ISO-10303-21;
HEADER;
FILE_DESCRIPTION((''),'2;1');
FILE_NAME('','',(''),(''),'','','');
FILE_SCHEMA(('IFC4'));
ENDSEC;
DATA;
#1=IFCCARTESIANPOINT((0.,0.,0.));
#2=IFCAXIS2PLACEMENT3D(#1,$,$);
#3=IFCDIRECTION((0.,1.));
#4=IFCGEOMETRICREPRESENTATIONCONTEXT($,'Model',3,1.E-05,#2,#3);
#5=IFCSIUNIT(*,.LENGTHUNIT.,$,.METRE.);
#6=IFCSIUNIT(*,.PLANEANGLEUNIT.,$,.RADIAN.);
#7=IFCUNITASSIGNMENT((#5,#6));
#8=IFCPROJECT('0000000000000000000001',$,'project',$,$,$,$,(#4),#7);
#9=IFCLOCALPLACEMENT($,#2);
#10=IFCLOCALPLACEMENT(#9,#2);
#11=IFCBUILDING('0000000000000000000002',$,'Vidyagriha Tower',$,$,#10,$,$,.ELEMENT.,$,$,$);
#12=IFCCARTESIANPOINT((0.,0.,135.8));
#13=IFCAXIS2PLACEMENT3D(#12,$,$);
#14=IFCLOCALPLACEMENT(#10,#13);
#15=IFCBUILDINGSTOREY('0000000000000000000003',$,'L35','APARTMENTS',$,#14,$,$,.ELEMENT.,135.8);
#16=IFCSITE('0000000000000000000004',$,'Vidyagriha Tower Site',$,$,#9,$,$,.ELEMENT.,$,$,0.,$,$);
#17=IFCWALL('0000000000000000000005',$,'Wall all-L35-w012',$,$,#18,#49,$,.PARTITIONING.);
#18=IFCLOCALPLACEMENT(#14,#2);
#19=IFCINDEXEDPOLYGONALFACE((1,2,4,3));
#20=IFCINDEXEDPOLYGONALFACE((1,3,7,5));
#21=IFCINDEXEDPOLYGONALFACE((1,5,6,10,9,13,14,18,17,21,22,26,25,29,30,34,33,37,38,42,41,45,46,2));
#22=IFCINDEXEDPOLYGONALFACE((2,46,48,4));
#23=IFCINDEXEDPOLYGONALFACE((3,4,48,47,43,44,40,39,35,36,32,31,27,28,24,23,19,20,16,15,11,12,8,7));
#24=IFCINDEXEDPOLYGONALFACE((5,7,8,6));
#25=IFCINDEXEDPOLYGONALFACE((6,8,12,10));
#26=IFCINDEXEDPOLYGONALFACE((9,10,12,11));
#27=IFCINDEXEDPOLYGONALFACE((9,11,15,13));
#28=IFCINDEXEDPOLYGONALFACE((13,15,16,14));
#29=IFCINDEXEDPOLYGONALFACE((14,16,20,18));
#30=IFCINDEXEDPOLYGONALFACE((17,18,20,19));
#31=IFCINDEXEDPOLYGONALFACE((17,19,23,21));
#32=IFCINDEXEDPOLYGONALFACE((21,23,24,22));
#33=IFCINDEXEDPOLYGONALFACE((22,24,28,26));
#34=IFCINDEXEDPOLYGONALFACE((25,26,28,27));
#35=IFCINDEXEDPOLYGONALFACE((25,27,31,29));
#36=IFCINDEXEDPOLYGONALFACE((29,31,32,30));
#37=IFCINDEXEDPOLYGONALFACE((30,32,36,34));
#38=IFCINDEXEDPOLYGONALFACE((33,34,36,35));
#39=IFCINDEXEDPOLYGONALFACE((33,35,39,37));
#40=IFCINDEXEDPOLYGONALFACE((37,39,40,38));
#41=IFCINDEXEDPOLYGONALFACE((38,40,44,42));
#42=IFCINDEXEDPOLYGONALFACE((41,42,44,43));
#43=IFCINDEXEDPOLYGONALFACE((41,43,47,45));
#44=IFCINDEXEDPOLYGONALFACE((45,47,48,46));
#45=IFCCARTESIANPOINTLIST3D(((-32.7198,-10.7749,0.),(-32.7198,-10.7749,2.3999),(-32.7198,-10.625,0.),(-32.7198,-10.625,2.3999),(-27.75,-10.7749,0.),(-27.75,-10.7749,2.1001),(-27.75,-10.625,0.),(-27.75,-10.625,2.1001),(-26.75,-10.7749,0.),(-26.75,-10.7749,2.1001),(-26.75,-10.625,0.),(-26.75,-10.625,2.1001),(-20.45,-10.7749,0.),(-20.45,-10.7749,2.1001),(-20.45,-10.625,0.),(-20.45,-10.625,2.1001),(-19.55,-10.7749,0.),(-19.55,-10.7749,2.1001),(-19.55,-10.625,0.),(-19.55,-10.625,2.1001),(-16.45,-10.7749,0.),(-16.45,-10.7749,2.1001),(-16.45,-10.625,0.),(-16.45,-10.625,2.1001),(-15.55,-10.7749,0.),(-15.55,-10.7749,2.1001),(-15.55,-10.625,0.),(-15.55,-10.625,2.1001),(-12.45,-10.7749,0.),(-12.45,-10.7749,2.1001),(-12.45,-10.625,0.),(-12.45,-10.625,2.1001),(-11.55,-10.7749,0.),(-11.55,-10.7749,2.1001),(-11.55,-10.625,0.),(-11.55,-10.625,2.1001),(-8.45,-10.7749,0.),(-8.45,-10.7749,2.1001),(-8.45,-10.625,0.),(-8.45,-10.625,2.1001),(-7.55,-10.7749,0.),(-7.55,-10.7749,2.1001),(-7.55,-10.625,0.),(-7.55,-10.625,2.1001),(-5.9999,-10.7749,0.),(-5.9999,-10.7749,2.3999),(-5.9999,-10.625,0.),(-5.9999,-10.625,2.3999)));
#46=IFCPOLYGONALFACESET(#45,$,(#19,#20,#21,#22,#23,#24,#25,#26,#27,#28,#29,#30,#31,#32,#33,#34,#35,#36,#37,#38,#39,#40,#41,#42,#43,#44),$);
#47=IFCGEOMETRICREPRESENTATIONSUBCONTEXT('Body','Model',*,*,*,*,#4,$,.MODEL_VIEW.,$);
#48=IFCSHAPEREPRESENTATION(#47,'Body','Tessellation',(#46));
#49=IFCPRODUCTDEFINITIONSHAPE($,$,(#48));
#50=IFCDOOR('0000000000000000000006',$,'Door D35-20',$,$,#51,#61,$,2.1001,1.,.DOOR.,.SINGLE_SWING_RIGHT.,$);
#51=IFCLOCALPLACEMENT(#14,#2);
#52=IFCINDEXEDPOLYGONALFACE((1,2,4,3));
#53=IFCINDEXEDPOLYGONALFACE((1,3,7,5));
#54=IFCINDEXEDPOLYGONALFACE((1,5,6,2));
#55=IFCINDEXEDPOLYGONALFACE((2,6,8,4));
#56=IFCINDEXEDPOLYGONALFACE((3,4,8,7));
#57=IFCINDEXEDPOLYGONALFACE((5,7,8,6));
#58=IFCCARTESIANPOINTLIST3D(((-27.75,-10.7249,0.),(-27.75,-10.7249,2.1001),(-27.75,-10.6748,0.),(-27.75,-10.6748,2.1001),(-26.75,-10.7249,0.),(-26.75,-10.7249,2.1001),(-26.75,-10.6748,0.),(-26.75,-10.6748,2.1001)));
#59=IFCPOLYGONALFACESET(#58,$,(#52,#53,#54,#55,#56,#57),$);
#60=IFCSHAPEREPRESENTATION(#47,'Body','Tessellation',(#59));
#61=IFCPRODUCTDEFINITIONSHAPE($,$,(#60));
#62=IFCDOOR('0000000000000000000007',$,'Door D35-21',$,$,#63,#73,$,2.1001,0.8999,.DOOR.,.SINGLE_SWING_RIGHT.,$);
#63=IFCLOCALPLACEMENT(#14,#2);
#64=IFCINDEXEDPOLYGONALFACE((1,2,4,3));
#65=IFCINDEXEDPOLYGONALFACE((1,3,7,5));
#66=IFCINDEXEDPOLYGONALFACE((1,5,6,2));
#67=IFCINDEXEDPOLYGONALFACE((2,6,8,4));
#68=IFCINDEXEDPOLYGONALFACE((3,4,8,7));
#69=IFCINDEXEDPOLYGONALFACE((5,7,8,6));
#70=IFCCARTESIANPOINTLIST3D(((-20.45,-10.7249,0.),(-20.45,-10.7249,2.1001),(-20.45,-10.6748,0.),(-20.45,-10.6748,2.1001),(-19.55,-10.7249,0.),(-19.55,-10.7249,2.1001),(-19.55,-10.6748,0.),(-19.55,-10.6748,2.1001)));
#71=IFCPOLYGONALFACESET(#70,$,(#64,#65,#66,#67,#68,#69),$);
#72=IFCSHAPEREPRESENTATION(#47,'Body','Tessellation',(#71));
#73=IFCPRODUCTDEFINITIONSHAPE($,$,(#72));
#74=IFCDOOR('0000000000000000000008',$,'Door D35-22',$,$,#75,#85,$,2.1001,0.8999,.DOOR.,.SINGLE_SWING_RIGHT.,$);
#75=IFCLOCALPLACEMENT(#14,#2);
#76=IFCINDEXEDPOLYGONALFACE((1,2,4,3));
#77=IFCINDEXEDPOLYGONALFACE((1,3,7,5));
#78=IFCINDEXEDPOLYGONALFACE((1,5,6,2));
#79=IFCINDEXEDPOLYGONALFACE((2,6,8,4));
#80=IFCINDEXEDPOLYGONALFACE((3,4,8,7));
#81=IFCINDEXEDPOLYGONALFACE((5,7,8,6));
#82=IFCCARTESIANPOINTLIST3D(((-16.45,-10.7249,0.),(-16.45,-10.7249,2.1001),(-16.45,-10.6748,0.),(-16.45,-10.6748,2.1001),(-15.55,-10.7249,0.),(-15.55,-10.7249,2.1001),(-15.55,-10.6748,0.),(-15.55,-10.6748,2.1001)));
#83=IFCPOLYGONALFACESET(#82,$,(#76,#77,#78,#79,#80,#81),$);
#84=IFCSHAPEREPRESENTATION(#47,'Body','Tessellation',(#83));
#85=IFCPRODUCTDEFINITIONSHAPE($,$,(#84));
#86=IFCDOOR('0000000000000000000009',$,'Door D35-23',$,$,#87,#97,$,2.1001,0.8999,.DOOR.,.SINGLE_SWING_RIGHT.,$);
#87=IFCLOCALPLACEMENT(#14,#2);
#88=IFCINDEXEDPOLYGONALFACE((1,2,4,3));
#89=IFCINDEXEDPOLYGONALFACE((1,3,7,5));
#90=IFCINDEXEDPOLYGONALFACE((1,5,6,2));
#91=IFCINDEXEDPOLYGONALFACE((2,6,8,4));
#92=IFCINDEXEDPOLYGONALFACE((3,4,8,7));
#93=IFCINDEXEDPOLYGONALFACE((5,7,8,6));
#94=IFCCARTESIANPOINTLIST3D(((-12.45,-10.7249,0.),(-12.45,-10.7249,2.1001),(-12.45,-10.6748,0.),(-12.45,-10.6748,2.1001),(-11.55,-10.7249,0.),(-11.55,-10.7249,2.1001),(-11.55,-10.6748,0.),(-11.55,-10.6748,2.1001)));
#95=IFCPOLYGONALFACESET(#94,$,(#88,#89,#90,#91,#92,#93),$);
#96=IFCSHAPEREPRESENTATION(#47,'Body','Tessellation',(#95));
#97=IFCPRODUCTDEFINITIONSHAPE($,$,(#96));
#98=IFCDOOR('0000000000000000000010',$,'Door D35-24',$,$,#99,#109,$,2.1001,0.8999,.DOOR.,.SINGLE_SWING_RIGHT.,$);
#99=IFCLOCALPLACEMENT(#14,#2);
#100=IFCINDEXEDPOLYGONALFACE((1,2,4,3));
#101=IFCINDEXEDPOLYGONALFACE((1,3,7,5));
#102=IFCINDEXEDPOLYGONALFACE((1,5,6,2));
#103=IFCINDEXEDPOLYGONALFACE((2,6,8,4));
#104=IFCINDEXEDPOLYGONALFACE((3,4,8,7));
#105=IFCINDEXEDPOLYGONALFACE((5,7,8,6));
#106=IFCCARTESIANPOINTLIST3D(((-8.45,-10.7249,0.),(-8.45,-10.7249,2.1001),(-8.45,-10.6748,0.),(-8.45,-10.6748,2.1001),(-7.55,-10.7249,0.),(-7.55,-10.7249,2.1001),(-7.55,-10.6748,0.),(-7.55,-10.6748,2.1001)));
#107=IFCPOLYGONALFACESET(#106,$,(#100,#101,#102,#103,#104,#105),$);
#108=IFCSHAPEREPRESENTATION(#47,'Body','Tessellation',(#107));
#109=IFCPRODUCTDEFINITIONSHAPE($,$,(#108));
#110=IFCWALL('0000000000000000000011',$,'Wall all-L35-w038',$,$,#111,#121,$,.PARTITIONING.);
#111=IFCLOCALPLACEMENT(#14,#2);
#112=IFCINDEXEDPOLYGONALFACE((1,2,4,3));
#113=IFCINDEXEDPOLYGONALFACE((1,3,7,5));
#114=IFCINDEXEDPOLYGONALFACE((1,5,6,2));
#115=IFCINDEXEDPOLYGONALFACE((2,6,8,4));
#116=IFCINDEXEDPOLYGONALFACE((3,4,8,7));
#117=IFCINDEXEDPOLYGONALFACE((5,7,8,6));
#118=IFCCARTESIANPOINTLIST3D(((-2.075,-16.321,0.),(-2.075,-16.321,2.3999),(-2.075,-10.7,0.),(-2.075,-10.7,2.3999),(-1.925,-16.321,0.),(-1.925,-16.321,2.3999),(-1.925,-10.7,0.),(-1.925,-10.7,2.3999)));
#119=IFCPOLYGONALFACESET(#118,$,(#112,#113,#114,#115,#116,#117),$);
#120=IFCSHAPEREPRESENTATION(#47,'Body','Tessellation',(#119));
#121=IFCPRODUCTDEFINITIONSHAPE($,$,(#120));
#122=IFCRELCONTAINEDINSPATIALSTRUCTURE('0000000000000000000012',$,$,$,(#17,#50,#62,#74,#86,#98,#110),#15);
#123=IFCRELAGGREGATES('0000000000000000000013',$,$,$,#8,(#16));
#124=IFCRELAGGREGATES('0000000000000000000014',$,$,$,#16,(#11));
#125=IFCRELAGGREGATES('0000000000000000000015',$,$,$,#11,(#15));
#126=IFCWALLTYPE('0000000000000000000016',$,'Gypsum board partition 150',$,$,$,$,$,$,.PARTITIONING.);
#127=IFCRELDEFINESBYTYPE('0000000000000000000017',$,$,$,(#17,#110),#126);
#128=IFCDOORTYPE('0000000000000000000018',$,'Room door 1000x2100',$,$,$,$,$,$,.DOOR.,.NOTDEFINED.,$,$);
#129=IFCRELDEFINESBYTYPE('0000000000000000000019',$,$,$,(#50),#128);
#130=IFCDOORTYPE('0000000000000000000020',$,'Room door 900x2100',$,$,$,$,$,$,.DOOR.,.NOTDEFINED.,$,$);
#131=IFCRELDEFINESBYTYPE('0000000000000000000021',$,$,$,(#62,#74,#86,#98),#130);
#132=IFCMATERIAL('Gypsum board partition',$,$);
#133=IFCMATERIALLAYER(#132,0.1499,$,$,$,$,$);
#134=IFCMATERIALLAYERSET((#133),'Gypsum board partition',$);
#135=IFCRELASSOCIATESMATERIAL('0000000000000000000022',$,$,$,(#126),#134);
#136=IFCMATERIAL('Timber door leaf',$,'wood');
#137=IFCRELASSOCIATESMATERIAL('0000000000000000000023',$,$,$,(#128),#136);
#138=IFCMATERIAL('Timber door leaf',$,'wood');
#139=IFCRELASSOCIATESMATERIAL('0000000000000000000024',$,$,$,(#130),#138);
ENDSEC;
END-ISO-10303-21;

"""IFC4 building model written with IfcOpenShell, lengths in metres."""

from ifc_helpers import new_model, si_unit, direction, frame, frame_2d, origin, place, context, subcontext, project, spatial, rectangle, extrude, material, layer, layer_set, type_object, element, fill, save


model = new_model("IFC4")

# Units and contexts
model_context = context("Model", 3, precision=1e-05, world=origin(), true_north=direction((0.0, 1.0)))
body_context = subcontext(model_context, "Body", "Model", "MODEL_VIEW")
ifc_project = project(units=[si_unit("LENGTHUNIT", "METRE"), si_unit("PLANEANGLEUNIT", "RADIAN")], contexts=[model_context])

# Site, building, storey
site_placement = place(None, origin())
site = spatial("IfcSite", under=ifc_project, at=site_placement, Name="Vidyagriha Tower Site", CompositionType="ELEMENT", RefElevation=0.0)
building_placement = place(site_placement, origin())
building = spatial("IfcBuilding", under=site, at=building_placement, Name="Vidyagriha Tower", CompositionType="ELEMENT")
storey_placement = place(building_placement, frame((0.0, 0.0, 135.8)))
storey = spatial("IfcBuildingStorey", under=building, at=storey_placement, Name="L35", Description="APARTMENTS", CompositionType="ELEMENT", Elevation=135.8)

# Wall, openings, doors
ifc_material_1 = material(Name="Gypsum board partition")
ifc_layer_1 = layer(ifc_material_1, 0.1499)
ifc_layer_set_1 = layer_set([ifc_layer_1], Name="Gypsum board partition")
wall_type_1 = type_object("IfcWallType", Name="Gypsum board partition 150", PredefinedType="PARTITIONING", material=ifc_layer_set_1)
wall_1_placement = place(storey_placement, frame((-6.0, -10.7, 0.0), z_axis=(0.0, 0.0, 1.0), x_axis=(-1.0, 0.0, 0.0)))
wall_1 = element("IfcWall", 1, at=wall_1_placement, inside=storey, type_object=wall_type_1, Name="Wall all-L35-w012", PredefinedType="PARTITIONING", context=body_context, shape_type="SweptSolid", body=[
    extrude(rectangle(XDim=26.72, YDim=0.1499, at=frame_2d((13.3599, 0.0))), origin(), (0.0, 0.0, 1.0), 2.3999),
])
opening_1_placement = place(wall_1_placement, frame((20.75, 0.0, 0.0)))
opening_1 = element("IfcOpeningElement", 2, at=opening_1_placement, cuts=wall_1, PredefinedType="OPENING", context=body_context, shape_type="SweptSolid", body=[
    extrude(rectangle(XDim=1.0, YDim=2.1001, at=frame_2d((0.5, 1.05))), frame((0.0, 0.085, 0.0), z_axis=(0.0, -1.0, 0.0), x_axis=(1.0, 0.0, 0.0)), (0.0, 0.0, 1.0), 0.1699),
])
opening_2_placement = place(wall_1_placement, frame((13.55, 0.0, 0.0)))
opening_2 = element("IfcOpeningElement", 3, at=opening_2_placement, cuts=wall_1, PredefinedType="OPENING", context=body_context, shape_type="SweptSolid", body=[
    extrude(rectangle(XDim=0.8999, YDim=2.1001, at=frame_2d((0.45, 1.05))), frame((0.0, 0.085, 0.0), z_axis=(0.0, -1.0, 0.0), x_axis=(1.0, 0.0, 0.0)), (0.0, 0.0, 1.0), 0.1699),
])
opening_3_placement = place(wall_1_placement, frame((9.55, 0.0, 0.0)))
opening_3 = element("IfcOpeningElement", 4, at=opening_3_placement, cuts=wall_1, PredefinedType="OPENING", context=body_context, shape_type="SweptSolid", body=[
    extrude(rectangle(XDim=0.8999, YDim=2.1001, at=frame_2d((0.45, 1.05))), frame((0.0, 0.085, 0.0), z_axis=(0.0, -1.0, 0.0), x_axis=(1.0, 0.0, 0.0)), (0.0, 0.0, 1.0), 0.1699),
])
opening_4_placement = place(wall_1_placement, frame((5.55, 0.0, 0.0)))
opening_4 = element("IfcOpeningElement", 5, at=opening_4_placement, cuts=wall_1, PredefinedType="OPENING", context=body_context, shape_type="SweptSolid", body=[
    extrude(rectangle(XDim=0.8999, YDim=2.1001, at=frame_2d((0.45, 1.05))), frame((0.0, 0.085, 0.0), z_axis=(0.0, -1.0, 0.0), x_axis=(1.0, 0.0, 0.0)), (0.0, 0.0, 1.0), 0.1699),
])
opening_5_placement = place(wall_1_placement, frame((1.55, 0.0, 0.0)))
opening_5 = element("IfcOpeningElement", 6, at=opening_5_placement, cuts=wall_1, PredefinedType="OPENING", context=body_context, shape_type="SweptSolid", body=[
    extrude(rectangle(XDim=0.8999, YDim=2.1001, at=frame_2d((0.45, 1.05))), frame((0.0, 0.085, 0.0), z_axis=(0.0, -1.0, 0.0), x_axis=(1.0, 0.0, 0.0)), (0.0, 0.0, 1.0), 0.1699),
])
ifc_material_2 = material(Name="Timber door leaf", Category="wood")
door_type_1 = type_object("IfcDoorType", Name="Room door 1000x2100", OperationType="NOTDEFINED", PredefinedType="DOOR", material=ifc_material_2)
door_1_placement = place(opening_1_placement, origin())
door_1 = element("IfcDoor", 7, at=door_1_placement, inside=storey, type_object=door_type_1, Name="Door D35-20", OperationType="SINGLE_SWING_RIGHT", OverallHeight=2.1001, OverallWidth=1.0, PredefinedType="DOOR", context=body_context, shape_type="SweptSolid", body=[
    extrude(rectangle(XDim=1.0, YDim=2.1001, at=frame_2d((0.5, 1.05))), frame((0.0, 0.0249, 0.0), z_axis=(0.0, -1.0, 0.0), x_axis=(1.0, 0.0, 0.0)), (0.0, 0.0, 1.0), 0.05),
])
fill(opening_1, door_1)
ifc_material_3 = material(Name="Timber door leaf", Category="wood")
door_type_2 = type_object("IfcDoorType", Name="Room door 900x2100", OperationType="NOTDEFINED", PredefinedType="DOOR", material=ifc_material_3)
door_2_placement = place(opening_2_placement, origin())
door_2 = element("IfcDoor", 8, at=door_2_placement, inside=storey, type_object=door_type_2, Name="Door D35-21", OperationType="SINGLE_SWING_RIGHT", OverallHeight=2.1001, OverallWidth=0.8999, PredefinedType="DOOR", context=body_context, shape_type="SweptSolid", body=[
    extrude(rectangle(XDim=0.8999, YDim=2.1001, at=frame_2d((0.45, 1.05))), frame((0.0, 0.0249, 0.0), z_axis=(0.0, -1.0, 0.0), x_axis=(1.0, 0.0, 0.0)), (0.0, 0.0, 1.0), 0.05),
])
fill(opening_2, door_2)
door_3_placement = place(opening_3_placement, origin())
door_3 = element("IfcDoor", 9, at=door_3_placement, inside=storey, type_object=door_type_2, Name="Door D35-22", OperationType="SINGLE_SWING_RIGHT", OverallHeight=2.1001, OverallWidth=0.8999, PredefinedType="DOOR", context=body_context, shape_type="SweptSolid", body=[
    extrude(rectangle(XDim=0.8999, YDim=2.1001, at=frame_2d((0.45, 1.05))), frame((0.0, 0.0249, 0.0), z_axis=(0.0, -1.0, 0.0), x_axis=(1.0, 0.0, 0.0)), (0.0, 0.0, 1.0), 0.05),
])
fill(opening_3, door_3)
door_4_placement = place(opening_4_placement, origin())
door_4 = element("IfcDoor", 10, at=door_4_placement, inside=storey, type_object=door_type_2, Name="Door D35-23", OperationType="SINGLE_SWING_RIGHT", OverallHeight=2.1001, OverallWidth=0.8999, PredefinedType="DOOR", context=body_context, shape_type="SweptSolid", body=[
    extrude(rectangle(XDim=0.8999, YDim=2.1001, at=frame_2d((0.45, 1.05))), frame((0.0, 0.0249, 0.0), z_axis=(0.0, -1.0, 0.0), x_axis=(1.0, 0.0, 0.0)), (0.0, 0.0, 1.0), 0.05),
])
fill(opening_4, door_4)
door_5_placement = place(opening_5_placement, origin())
door_5 = element("IfcDoor", 11, at=door_5_placement, inside=storey, type_object=door_type_2, Name="Door D35-24", OperationType="SINGLE_SWING_RIGHT", OverallHeight=2.1001, OverallWidth=0.8999, PredefinedType="DOOR", context=body_context, shape_type="SweptSolid", body=[
    extrude(rectangle(XDim=0.8999, YDim=2.1001, at=frame_2d((0.45, 1.05))), frame((0.0, 0.0249, 0.0), z_axis=(0.0, -1.0, 0.0), x_axis=(1.0, 0.0, 0.0)), (0.0, 0.0, 1.0), 0.05),
])
fill(opening_5, door_5)

# Wall
wall_2_placement = place(storey_placement, frame((-2.0, -10.7, 0.0), z_axis=(0.0, 0.0, 1.0), x_axis=(0.0, -1.0, 0.0)))
element("IfcWall", 12, at=wall_2_placement, inside=storey, type_object=wall_type_1, Name="Wall all-L35-w038", PredefinedType="PARTITIONING", context=body_context, shape_type="SweptSolid", body=[
    extrude(rectangle(XDim=5.6211, YDim=0.1499, at=frame_2d((2.8105, 0.0))), origin(), (0.0, 0.0, 1.0), 2.3999),
])

save(model, "model.ifc")
